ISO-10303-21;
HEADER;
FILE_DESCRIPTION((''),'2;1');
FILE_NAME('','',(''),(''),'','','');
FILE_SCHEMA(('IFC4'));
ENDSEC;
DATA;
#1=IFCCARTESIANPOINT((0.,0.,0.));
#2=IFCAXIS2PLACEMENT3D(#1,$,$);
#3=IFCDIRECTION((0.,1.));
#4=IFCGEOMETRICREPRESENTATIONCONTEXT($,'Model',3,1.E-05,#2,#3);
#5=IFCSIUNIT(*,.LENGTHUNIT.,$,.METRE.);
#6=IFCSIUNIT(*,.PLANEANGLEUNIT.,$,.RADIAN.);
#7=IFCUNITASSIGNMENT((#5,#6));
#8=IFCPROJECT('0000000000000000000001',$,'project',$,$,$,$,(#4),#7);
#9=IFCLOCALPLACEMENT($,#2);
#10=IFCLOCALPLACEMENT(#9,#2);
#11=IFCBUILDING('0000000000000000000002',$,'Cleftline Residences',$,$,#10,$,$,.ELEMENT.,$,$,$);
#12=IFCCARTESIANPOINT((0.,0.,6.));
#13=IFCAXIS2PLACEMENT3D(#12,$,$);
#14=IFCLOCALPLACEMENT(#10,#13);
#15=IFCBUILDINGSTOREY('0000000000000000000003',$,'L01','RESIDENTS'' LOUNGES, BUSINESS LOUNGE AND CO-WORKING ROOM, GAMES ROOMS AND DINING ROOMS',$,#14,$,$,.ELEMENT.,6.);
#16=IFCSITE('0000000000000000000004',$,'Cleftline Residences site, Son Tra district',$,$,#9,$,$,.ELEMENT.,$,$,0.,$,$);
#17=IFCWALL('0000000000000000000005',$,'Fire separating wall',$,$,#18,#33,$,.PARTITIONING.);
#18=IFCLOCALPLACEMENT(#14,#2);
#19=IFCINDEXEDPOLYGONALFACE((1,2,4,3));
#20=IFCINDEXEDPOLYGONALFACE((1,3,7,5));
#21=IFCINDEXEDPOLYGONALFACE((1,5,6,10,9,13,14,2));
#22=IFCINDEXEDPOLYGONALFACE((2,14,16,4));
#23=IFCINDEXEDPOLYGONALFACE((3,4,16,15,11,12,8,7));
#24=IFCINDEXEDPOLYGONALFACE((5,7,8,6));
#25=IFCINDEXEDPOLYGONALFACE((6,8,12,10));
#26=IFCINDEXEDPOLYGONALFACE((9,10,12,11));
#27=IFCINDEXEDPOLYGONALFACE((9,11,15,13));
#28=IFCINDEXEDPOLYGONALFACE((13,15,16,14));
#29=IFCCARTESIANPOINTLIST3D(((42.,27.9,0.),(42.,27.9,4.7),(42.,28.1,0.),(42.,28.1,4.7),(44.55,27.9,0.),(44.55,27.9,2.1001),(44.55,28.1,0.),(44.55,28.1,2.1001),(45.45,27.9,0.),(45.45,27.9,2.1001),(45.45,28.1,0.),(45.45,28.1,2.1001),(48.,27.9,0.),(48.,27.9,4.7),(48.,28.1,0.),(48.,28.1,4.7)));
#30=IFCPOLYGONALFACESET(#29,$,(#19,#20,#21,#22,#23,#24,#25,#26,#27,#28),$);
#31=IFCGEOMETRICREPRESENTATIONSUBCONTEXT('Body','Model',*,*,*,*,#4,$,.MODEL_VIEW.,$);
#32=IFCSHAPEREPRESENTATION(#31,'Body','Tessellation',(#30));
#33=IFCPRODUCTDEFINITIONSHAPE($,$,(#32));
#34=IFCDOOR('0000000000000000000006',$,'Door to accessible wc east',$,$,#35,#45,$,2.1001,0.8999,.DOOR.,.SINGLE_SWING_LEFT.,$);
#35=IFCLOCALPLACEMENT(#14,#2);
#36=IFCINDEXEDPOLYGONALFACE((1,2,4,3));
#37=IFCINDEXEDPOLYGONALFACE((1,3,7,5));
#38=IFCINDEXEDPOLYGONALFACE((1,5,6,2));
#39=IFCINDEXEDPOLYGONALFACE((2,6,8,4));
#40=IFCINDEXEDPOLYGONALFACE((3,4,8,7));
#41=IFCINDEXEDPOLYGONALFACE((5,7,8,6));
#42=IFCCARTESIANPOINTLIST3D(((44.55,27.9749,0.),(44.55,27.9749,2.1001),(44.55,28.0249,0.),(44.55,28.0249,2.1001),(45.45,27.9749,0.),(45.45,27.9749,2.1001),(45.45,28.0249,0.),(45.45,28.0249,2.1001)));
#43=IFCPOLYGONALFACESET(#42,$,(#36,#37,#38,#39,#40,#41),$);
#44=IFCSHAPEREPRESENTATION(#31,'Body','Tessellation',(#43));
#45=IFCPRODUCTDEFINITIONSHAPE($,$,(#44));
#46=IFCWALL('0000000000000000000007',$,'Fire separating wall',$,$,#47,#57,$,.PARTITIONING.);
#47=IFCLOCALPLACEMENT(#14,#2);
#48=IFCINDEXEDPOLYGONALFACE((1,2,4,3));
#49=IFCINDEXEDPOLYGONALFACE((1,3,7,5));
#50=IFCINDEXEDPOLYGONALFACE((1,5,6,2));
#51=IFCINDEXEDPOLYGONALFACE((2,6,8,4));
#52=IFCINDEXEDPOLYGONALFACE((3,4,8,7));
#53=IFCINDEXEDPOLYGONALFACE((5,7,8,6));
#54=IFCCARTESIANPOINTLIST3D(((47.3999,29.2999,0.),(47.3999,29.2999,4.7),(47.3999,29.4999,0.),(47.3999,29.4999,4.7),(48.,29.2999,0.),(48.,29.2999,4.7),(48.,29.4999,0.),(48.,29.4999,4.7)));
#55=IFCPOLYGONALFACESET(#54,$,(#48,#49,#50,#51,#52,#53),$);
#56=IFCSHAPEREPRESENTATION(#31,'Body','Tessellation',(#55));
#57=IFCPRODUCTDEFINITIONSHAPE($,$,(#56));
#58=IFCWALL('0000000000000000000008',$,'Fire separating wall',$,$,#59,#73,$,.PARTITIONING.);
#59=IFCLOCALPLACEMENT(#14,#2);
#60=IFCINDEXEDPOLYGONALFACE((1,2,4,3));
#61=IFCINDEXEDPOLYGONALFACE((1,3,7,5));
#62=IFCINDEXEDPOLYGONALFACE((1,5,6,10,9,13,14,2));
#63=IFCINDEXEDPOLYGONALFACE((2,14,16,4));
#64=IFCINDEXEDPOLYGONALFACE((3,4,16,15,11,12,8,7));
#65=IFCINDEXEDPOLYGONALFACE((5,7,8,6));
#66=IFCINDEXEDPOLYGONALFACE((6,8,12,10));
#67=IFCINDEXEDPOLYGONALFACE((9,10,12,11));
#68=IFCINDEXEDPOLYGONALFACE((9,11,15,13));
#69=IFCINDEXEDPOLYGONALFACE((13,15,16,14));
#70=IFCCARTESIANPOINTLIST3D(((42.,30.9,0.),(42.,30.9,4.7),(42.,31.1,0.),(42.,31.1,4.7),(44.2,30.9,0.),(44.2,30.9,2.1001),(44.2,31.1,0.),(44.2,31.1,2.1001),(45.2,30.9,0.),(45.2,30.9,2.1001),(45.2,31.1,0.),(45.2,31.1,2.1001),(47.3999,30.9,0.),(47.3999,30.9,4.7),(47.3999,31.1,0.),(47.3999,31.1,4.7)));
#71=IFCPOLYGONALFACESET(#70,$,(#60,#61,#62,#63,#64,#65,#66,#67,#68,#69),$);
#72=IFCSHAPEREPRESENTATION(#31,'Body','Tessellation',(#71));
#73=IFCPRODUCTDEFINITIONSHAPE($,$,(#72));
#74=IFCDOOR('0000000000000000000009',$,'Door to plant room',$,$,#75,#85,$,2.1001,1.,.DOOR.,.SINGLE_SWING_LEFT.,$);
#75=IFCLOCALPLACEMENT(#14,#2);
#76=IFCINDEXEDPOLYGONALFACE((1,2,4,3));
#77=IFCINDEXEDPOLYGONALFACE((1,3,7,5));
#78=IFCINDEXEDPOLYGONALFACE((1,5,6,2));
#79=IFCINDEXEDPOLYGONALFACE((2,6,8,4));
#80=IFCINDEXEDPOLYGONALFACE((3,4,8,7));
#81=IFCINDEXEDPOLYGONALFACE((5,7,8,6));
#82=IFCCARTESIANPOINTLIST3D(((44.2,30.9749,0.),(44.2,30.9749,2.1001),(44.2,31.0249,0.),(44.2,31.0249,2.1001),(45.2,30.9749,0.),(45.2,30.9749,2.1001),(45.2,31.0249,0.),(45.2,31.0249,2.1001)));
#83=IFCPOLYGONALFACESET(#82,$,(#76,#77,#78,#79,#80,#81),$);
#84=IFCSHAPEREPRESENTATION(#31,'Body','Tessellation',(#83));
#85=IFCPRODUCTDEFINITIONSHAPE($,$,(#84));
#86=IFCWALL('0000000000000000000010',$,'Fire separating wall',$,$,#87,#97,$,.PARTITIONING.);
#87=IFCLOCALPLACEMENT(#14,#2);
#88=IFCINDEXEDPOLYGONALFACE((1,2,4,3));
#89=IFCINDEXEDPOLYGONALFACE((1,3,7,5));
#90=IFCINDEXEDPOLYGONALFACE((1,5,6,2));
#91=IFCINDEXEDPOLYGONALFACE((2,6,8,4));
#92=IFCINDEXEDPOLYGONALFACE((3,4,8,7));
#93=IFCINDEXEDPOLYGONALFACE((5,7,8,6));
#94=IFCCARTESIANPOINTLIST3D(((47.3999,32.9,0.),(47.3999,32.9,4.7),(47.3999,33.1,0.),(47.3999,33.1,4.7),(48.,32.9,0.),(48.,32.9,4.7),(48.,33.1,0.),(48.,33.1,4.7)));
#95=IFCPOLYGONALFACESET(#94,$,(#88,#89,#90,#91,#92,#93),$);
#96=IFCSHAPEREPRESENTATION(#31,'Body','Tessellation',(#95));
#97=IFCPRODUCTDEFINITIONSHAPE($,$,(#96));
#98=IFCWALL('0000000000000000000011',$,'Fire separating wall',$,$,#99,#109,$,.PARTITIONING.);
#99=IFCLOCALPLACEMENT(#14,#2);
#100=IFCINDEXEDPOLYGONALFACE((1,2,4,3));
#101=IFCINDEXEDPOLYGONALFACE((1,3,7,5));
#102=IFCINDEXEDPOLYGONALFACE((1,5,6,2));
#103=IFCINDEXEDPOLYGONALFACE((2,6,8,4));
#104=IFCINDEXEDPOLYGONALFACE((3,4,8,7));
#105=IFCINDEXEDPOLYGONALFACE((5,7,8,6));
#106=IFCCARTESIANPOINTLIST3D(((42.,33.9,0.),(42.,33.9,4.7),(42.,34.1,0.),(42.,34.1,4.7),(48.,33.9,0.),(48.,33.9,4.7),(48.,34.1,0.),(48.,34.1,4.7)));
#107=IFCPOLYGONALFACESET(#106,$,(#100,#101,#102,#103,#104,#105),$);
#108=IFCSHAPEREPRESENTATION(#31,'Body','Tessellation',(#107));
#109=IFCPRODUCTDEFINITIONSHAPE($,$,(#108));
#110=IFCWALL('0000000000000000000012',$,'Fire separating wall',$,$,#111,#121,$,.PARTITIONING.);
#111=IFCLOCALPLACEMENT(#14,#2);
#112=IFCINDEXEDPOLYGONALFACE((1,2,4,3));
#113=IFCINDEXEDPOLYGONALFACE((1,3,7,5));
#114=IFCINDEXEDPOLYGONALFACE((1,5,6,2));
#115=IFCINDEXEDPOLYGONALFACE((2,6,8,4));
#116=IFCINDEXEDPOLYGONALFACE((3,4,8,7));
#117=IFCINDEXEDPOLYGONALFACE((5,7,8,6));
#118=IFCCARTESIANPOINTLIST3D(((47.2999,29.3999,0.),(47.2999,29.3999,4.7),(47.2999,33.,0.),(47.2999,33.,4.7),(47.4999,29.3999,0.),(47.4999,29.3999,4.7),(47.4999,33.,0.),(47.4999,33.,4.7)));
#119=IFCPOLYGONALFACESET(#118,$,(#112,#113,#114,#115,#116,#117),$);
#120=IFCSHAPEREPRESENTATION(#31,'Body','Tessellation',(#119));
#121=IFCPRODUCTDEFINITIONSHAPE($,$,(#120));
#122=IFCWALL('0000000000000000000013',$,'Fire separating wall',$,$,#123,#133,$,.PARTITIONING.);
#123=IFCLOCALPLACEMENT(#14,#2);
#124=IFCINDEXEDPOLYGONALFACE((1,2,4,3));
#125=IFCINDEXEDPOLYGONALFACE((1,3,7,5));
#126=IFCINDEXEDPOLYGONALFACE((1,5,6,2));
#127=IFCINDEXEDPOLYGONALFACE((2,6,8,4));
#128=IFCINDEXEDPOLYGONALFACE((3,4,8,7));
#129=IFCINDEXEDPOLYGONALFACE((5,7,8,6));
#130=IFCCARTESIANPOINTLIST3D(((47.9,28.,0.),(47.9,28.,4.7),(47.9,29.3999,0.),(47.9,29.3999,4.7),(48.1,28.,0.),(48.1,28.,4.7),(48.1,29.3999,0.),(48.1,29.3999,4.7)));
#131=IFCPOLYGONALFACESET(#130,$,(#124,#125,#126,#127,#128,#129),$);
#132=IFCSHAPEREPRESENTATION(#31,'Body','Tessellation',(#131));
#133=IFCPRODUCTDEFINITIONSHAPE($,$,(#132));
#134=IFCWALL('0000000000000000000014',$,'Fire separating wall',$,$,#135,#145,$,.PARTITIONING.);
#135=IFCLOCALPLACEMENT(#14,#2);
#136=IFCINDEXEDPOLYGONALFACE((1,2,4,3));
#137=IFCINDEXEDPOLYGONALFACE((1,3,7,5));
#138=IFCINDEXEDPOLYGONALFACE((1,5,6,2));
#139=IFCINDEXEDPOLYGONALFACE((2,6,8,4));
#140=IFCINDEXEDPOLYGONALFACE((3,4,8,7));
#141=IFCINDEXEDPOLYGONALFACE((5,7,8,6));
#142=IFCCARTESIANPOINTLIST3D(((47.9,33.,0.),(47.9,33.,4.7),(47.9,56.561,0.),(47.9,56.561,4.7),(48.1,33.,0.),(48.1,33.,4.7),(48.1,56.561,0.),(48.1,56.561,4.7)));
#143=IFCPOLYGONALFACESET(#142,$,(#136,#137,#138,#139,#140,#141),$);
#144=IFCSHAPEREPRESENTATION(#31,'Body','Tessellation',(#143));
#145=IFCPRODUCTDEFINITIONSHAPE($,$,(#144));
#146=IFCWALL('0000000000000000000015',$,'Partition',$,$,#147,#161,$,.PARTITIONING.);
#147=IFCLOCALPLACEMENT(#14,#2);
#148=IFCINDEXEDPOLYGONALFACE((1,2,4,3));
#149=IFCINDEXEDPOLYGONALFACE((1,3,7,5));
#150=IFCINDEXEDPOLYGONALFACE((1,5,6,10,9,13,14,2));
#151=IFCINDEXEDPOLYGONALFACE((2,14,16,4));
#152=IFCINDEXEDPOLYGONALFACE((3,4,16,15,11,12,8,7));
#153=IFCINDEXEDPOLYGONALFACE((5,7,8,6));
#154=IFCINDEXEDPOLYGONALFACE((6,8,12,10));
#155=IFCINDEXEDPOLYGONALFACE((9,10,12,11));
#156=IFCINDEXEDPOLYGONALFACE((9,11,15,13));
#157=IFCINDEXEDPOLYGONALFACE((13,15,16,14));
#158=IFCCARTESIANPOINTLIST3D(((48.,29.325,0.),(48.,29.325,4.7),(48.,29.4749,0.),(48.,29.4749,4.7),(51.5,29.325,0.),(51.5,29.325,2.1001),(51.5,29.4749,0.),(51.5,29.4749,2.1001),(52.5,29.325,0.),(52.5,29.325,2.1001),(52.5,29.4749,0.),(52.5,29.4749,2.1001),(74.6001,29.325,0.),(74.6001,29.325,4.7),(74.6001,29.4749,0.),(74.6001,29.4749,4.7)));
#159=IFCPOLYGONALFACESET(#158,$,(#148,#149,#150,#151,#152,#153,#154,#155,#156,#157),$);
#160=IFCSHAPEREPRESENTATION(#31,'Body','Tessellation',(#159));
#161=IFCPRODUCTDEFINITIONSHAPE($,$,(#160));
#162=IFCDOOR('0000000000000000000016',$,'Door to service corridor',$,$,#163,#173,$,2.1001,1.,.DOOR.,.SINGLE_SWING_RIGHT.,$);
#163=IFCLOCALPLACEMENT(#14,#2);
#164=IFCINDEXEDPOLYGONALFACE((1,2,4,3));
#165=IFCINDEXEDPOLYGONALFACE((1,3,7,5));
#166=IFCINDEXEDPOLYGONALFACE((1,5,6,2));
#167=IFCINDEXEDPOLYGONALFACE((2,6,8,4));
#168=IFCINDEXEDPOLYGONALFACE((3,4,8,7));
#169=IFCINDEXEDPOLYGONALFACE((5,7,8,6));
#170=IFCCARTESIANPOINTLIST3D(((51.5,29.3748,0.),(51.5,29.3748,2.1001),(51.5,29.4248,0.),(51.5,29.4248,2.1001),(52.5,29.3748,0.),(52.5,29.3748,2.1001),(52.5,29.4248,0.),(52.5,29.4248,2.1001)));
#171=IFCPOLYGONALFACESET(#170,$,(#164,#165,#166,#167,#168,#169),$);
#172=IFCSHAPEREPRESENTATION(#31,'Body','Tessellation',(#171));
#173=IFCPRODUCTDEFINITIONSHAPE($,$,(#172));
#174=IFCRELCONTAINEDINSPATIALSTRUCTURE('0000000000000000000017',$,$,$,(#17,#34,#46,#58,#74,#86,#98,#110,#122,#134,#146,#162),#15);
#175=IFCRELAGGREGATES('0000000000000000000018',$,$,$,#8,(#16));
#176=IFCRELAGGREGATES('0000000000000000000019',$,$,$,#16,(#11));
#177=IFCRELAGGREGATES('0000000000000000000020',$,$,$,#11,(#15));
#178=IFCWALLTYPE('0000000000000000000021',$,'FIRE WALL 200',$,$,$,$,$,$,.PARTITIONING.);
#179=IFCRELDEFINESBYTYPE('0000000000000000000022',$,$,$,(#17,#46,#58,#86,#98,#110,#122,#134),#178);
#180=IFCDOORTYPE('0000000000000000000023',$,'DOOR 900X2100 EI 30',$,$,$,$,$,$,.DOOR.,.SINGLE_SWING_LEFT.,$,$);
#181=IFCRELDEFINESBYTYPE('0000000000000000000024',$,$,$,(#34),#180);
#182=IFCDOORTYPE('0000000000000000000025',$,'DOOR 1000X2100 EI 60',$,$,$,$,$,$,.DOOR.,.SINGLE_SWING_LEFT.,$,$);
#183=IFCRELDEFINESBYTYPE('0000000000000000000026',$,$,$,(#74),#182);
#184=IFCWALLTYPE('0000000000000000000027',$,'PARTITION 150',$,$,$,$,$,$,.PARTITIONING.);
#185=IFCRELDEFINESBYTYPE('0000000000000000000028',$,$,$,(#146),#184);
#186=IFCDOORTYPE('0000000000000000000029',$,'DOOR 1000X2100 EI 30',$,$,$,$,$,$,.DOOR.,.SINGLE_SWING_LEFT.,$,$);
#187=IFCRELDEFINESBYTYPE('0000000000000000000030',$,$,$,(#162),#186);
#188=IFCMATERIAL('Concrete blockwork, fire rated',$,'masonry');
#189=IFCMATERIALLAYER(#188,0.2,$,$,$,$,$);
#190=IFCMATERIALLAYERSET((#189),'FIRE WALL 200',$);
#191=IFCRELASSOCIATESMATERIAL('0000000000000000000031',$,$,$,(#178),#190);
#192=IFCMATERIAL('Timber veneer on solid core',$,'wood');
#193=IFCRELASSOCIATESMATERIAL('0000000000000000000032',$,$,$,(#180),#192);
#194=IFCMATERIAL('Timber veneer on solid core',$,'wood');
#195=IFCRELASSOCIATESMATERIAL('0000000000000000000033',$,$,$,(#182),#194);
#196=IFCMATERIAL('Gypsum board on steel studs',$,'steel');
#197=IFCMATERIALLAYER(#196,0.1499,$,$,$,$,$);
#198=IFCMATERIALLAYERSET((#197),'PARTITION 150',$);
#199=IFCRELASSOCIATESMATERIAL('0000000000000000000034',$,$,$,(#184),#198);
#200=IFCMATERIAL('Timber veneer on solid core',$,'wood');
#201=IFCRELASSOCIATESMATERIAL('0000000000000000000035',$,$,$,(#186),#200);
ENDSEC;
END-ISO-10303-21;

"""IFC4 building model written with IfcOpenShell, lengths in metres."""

from ifc_helpers import new_model, si_unit, direction, frame, frame_2d, origin, place, context, subcontext, project, spatial, rectangle, extrude, material, layer, layer_set, type_object, element, fill, save


model = new_model("IFC4")

# Units and contexts
model_context = context("Model", 3, precision=1e-05, world=origin(), true_north=direction((0.0, 1.0)))
body_context = subcontext(model_context, "Body", "Model", "MODEL_VIEW")
ifc_project = project(units=[si_unit("LENGTHUNIT", "METRE"), si_unit("PLANEANGLEUNIT", "RADIAN")], contexts=[model_context])

# Site, building, storey
site_placement = place(None, origin())
site = spatial("IfcSite", under=ifc_project, at=site_placement, Name="Cleftline Residences site, Son Tra district", CompositionType="ELEMENT", RefElevation=0.0)
building_placement = place(site_placement, origin())
building = spatial("IfcBuilding", under=site, at=building_placement, Name="Cleftline Residences", CompositionType="ELEMENT")
storey_placement = place(building_placement, frame((0.0, 0.0, 6.0)))
storey = spatial("IfcBuildingStorey", under=building, at=storey_placement, Name="L01", Description="RESIDENTS' LOUNGES, BUSINESS LOUNGE AND CO-WORKING ROOM, GAMES ROOMS AND DINING ROOMS", CompositionType="ELEMENT", Elevation=6.0)

# Wall, opening, door
ifc_material_1 = material(Name="Concrete blockwork, fire rated", Category="masonry")
ifc_layer_1 = layer(ifc_material_1, 0.2)
ifc_layer_set_1 = layer_set([ifc_layer_1], Name="FIRE WALL 200")
wall_type_1 = type_object("IfcWallType", Name="FIRE WALL 200", PredefinedType="PARTITIONING", material=ifc_layer_set_1)
wall_1_placement = place(storey_placement, frame((42.0, 28.0, 0.0), z_axis=(0.0, 0.0, 1.0), x_axis=(1.0, 0.0, 0.0)))
wall_1 = element("IfcWall", 1, at=wall_1_placement, inside=storey, type_object=wall_type_1, Name="Fire separating wall", PredefinedType="PARTITIONING", context=body_context, shape_type="SweptSolid", body=[
    extrude(rectangle(XDim=6.0, YDim=0.2, at=frame_2d((3.0, 0.0))), origin(), (0.0, 0.0, 1.0), 4.7),
])
opening_1_placement = place(wall_1_placement, frame((2.55, 0.0, 0.0)))
opening_1 = element("IfcOpeningElement", 2, at=opening_1_placement, cuts=wall_1, PredefinedType="OPENING", context=body_context, shape_type="SweptSolid", body=[
    extrude(rectangle(XDim=0.8999, YDim=2.1001, at=frame_2d((0.45, 1.05))), frame((0.0, 0.1099, 0.0), z_axis=(0.0, -1.0, 0.0), x_axis=(1.0, 0.0, 0.0)), (0.0, 0.0, 1.0), 0.22),
])
ifc_material_2 = material(Name="Timber veneer on solid core", Category="wood")
door_type_1 = type_object("IfcDoorType", Name="DOOR 900X2100 EI 30", OperationType="SINGLE_SWING_LEFT", PredefinedType="DOOR", material=ifc_material_2)
door_1_placement = place(opening_1_placement, origin())
door_1 = element("IfcDoor", 3, at=door_1_placement, inside=storey, type_object=door_type_1, Name="Door to accessible wc east", OperationType="SINGLE_SWING_LEFT", OverallHeight=2.1001, OverallWidth=0.8999, PredefinedType="DOOR", context=body_context, shape_type="SweptSolid", body=[
    extrude(rectangle(XDim=0.8999, YDim=2.1001, at=frame_2d((0.45, 1.05))), frame((0.0, 0.0249, 0.0), z_axis=(0.0, -1.0, 0.0), x_axis=(1.0, 0.0, 0.0)), (0.0, 0.0, 1.0), 0.05),
])
fill(opening_1, door_1)

# Wall
wall_2_placement = place(storey_placement, frame((47.3999, 29.3999, 0.0), z_axis=(0.0, 0.0, 1.0), x_axis=(1.0, 0.0, 0.0)))
element("IfcWall", 4, at=wall_2_placement, inside=storey, type_object=wall_type_1, Name="Fire separating wall", PredefinedType="PARTITIONING", context=body_context, shape_type="SweptSolid", body=[
    extrude(rectangle(XDim=0.6001, YDim=0.2, at=frame_2d((0.3, 0.0))), origin(), (0.0, 0.0, 1.0), 4.7),
])

# Wall, opening, door
wall_3_placement = place(storey_placement, frame((42.0, 31.0, 0.0), z_axis=(0.0, 0.0, 1.0), x_axis=(1.0, 0.0, 0.0)))
wall_3 = element("IfcWall", 5, at=wall_3_placement, inside=storey, type_object=wall_type_1, Name="Fire separating wall", PredefinedType="PARTITIONING", context=body_context, shape_type="SweptSolid", body=[
    extrude(rectangle(XDim=5.3999, YDim=0.2, at=frame_2d((2.7, 0.0))), origin(), (0.0, 0.0, 1.0), 4.7),
])
opening_2_placement = place(wall_3_placement, frame((2.2, 0.0, 0.0)))
opening_2 = element("IfcOpeningElement", 6, at=opening_2_placement, cuts=wall_3, PredefinedType="OPENING", context=body_context, shape_type="SweptSolid", body=[
    extrude(rectangle(XDim=1.0, YDim=2.1001, at=frame_2d((0.5, 1.05))), frame((0.0, 0.1099, 0.0), z_axis=(0.0, -1.0, 0.0), x_axis=(1.0, 0.0, 0.0)), (0.0, 0.0, 1.0), 0.22),
])
ifc_material_3 = material(Name="Timber veneer on solid core", Category="wood")
door_type_2 = type_object("IfcDoorType", Name="DOOR 1000X2100 EI 60", OperationType="SINGLE_SWING_LEFT", PredefinedType="DOOR", material=ifc_material_3)
door_2_placement = place(opening_2_placement, origin())
door_2 = element("IfcDoor", 7, at=door_2_placement, inside=storey, type_object=door_type_2, Name="Door to plant room", OperationType="SINGLE_SWING_LEFT", OverallHeight=2.1001, OverallWidth=1.0, PredefinedType="DOOR", context=body_context, shape_type="SweptSolid", body=[
    extrude(rectangle(XDim=1.0, YDim=2.1001, at=frame_2d((0.5, 1.05))), frame((0.0, 0.0249, 0.0), z_axis=(0.0, -1.0, 0.0), x_axis=(1.0, 0.0, 0.0)), (0.0, 0.0, 1.0), 0.05),
])
fill(opening_2, door_2)

# Walls
wall_4_placement = place(storey_placement, frame((47.3999, 33.0, 0.0), z_axis=(0.0, 0.0, 1.0), x_axis=(1.0, 0.0, 0.0)))
element("IfcWall", 8, at=wall_4_placement, inside=storey, type_object=wall_type_1, Name="Fire separating wall", PredefinedType="PARTITIONING", context=body_context, shape_type="SweptSolid", body=[
    extrude(rectangle(XDim=0.6001, YDim=0.2, at=frame_2d((0.3, 0.0))), origin(), (0.0, 0.0, 1.0), 4.7),
])
wall_5_placement = place(storey_placement, frame((42.0, 34.0, 0.0), z_axis=(0.0, 0.0, 1.0), x_axis=(1.0, 0.0, 0.0)))
element("IfcWall", 9, at=wall_5_placement, inside=storey, type_object=wall_type_1, Name="Fire separating wall", PredefinedType="PARTITIONING", context=body_context, shape_type="SweptSolid", body=[
    extrude(rectangle(XDim=6.0, YDim=0.2, at=frame_2d((3.0, 0.0))), origin(), (0.0, 0.0, 1.0), 4.7),
])
wall_6_placement = place(storey_placement, frame((47.3999, 29.3999, 0.0), z_axis=(0.0, 0.0, 1.0), x_axis=(0.0, 1.0, 0.0)))
element("IfcWall", 10, at=wall_6_placement, inside=storey, type_object=wall_type_1, Name="Fire separating wall", PredefinedType="PARTITIONING", context=body_context, shape_type="SweptSolid", body=[
    extrude(rectangle(XDim=3.6001, YDim=0.2, at=frame_2d((1.8, 0.0))), origin(), (0.0, 0.0, 1.0), 4.7),
])
wall_7_placement = place(storey_placement, frame((48.0, 28.0, 0.0), z_axis=(0.0, 0.0, 1.0), x_axis=(0.0, 1.0, 0.0)))
element("IfcWall", 11, at=wall_7_placement, inside=storey, type_object=wall_type_1, Name="Fire separating wall", PredefinedType="PARTITIONING", context=body_context, shape_type="SweptSolid", body=[
    extrude(rectangle(XDim=1.3999, YDim=0.2, at=frame_2d((0.7, 0.0))), origin(), (0.0, 0.0, 1.0), 4.7),
])
wall_8_placement = place(storey_placement, frame((48.0, 33.0, 0.0), z_axis=(0.0, 0.0, 1.0), x_axis=(0.0, 1.0, 0.0)))
element("IfcWall", 12, at=wall_8_placement, inside=storey, type_object=wall_type_1, Name="Fire separating wall", PredefinedType="PARTITIONING", context=body_context, shape_type="SweptSolid", body=[
    extrude(rectangle(XDim=23.561, YDim=0.2, at=frame_2d((11.7805, 0.0))), origin(), (0.0, 0.0, 1.0), 4.7),
])

# Wall, opening, door
ifc_material_4 = material(Name="Gypsum board on steel studs", Category="steel")
ifc_layer_2 = layer(ifc_material_4, 0.1499)
ifc_layer_set_2 = layer_set([ifc_layer_2], Name="PARTITION 150")
wall_type_2 = type_object("IfcWallType", Name="PARTITION 150", PredefinedType="PARTITIONING", material=ifc_layer_set_2)
wall_9_placement = place(storey_placement, frame((48.0, 29.3999, 0.0), z_axis=(0.0, 0.0, 1.0), x_axis=(1.0, 0.0, 0.0)))
wall_9 = element("IfcWall", 13, at=wall_9_placement, inside=storey, type_object=wall_type_2, Name="Partition", PredefinedType="PARTITIONING", context=body_context, shape_type="SweptSolid", body=[
    extrude(rectangle(XDim=26.6001, YDim=0.1499, at=frame_2d((13.3, 0.0))), origin(), (0.0, 0.0, 1.0), 4.7),
])
opening_3_placement = place(wall_9_placement, frame((3.5, 0.0, 0.0)))
opening_3 = element("IfcOpeningElement", 14, at=opening_3_placement, cuts=wall_9, PredefinedType="OPENING", context=body_context, shape_type="SweptSolid", body=[
    extrude(rectangle(XDim=1.0, YDim=2.1001, at=frame_2d((0.5, 1.05))), frame((0.0, 0.085, 0.0), z_axis=(0.0, -1.0, 0.0), x_axis=(1.0, 0.0, 0.0)), (0.0, 0.0, 1.0), 0.1699),
])
ifc_material_5 = material(Name="Timber veneer on solid core", Category="wood")
door_type_3 = type_object("IfcDoorType", Name="DOOR 1000X2100 EI 30", OperationType="SINGLE_SWING_LEFT", PredefinedType="DOOR", material=ifc_material_5)
door_3_placement = place(opening_3_placement, origin())
door_3 = element("IfcDoor", 15, at=door_3_placement, inside=storey, type_object=door_type_3, Name="Door to service corridor", OperationType="SINGLE_SWING_RIGHT", OverallHeight=2.1001, OverallWidth=1.0, PredefinedType="DOOR", context=body_context, shape_type="SweptSolid", body=[
    extrude(rectangle(XDim=1.0, YDim=2.1001, at=frame_2d((0.5, 1.05))), frame((0.0, 0.0249, 0.0), z_axis=(0.0, -1.0, 0.0), x_axis=(1.0, 0.0, 0.0)), (0.0, 0.0, 1.0), 0.05),
])
fill(opening_3, door_3)

save(model, "model.ifc")
